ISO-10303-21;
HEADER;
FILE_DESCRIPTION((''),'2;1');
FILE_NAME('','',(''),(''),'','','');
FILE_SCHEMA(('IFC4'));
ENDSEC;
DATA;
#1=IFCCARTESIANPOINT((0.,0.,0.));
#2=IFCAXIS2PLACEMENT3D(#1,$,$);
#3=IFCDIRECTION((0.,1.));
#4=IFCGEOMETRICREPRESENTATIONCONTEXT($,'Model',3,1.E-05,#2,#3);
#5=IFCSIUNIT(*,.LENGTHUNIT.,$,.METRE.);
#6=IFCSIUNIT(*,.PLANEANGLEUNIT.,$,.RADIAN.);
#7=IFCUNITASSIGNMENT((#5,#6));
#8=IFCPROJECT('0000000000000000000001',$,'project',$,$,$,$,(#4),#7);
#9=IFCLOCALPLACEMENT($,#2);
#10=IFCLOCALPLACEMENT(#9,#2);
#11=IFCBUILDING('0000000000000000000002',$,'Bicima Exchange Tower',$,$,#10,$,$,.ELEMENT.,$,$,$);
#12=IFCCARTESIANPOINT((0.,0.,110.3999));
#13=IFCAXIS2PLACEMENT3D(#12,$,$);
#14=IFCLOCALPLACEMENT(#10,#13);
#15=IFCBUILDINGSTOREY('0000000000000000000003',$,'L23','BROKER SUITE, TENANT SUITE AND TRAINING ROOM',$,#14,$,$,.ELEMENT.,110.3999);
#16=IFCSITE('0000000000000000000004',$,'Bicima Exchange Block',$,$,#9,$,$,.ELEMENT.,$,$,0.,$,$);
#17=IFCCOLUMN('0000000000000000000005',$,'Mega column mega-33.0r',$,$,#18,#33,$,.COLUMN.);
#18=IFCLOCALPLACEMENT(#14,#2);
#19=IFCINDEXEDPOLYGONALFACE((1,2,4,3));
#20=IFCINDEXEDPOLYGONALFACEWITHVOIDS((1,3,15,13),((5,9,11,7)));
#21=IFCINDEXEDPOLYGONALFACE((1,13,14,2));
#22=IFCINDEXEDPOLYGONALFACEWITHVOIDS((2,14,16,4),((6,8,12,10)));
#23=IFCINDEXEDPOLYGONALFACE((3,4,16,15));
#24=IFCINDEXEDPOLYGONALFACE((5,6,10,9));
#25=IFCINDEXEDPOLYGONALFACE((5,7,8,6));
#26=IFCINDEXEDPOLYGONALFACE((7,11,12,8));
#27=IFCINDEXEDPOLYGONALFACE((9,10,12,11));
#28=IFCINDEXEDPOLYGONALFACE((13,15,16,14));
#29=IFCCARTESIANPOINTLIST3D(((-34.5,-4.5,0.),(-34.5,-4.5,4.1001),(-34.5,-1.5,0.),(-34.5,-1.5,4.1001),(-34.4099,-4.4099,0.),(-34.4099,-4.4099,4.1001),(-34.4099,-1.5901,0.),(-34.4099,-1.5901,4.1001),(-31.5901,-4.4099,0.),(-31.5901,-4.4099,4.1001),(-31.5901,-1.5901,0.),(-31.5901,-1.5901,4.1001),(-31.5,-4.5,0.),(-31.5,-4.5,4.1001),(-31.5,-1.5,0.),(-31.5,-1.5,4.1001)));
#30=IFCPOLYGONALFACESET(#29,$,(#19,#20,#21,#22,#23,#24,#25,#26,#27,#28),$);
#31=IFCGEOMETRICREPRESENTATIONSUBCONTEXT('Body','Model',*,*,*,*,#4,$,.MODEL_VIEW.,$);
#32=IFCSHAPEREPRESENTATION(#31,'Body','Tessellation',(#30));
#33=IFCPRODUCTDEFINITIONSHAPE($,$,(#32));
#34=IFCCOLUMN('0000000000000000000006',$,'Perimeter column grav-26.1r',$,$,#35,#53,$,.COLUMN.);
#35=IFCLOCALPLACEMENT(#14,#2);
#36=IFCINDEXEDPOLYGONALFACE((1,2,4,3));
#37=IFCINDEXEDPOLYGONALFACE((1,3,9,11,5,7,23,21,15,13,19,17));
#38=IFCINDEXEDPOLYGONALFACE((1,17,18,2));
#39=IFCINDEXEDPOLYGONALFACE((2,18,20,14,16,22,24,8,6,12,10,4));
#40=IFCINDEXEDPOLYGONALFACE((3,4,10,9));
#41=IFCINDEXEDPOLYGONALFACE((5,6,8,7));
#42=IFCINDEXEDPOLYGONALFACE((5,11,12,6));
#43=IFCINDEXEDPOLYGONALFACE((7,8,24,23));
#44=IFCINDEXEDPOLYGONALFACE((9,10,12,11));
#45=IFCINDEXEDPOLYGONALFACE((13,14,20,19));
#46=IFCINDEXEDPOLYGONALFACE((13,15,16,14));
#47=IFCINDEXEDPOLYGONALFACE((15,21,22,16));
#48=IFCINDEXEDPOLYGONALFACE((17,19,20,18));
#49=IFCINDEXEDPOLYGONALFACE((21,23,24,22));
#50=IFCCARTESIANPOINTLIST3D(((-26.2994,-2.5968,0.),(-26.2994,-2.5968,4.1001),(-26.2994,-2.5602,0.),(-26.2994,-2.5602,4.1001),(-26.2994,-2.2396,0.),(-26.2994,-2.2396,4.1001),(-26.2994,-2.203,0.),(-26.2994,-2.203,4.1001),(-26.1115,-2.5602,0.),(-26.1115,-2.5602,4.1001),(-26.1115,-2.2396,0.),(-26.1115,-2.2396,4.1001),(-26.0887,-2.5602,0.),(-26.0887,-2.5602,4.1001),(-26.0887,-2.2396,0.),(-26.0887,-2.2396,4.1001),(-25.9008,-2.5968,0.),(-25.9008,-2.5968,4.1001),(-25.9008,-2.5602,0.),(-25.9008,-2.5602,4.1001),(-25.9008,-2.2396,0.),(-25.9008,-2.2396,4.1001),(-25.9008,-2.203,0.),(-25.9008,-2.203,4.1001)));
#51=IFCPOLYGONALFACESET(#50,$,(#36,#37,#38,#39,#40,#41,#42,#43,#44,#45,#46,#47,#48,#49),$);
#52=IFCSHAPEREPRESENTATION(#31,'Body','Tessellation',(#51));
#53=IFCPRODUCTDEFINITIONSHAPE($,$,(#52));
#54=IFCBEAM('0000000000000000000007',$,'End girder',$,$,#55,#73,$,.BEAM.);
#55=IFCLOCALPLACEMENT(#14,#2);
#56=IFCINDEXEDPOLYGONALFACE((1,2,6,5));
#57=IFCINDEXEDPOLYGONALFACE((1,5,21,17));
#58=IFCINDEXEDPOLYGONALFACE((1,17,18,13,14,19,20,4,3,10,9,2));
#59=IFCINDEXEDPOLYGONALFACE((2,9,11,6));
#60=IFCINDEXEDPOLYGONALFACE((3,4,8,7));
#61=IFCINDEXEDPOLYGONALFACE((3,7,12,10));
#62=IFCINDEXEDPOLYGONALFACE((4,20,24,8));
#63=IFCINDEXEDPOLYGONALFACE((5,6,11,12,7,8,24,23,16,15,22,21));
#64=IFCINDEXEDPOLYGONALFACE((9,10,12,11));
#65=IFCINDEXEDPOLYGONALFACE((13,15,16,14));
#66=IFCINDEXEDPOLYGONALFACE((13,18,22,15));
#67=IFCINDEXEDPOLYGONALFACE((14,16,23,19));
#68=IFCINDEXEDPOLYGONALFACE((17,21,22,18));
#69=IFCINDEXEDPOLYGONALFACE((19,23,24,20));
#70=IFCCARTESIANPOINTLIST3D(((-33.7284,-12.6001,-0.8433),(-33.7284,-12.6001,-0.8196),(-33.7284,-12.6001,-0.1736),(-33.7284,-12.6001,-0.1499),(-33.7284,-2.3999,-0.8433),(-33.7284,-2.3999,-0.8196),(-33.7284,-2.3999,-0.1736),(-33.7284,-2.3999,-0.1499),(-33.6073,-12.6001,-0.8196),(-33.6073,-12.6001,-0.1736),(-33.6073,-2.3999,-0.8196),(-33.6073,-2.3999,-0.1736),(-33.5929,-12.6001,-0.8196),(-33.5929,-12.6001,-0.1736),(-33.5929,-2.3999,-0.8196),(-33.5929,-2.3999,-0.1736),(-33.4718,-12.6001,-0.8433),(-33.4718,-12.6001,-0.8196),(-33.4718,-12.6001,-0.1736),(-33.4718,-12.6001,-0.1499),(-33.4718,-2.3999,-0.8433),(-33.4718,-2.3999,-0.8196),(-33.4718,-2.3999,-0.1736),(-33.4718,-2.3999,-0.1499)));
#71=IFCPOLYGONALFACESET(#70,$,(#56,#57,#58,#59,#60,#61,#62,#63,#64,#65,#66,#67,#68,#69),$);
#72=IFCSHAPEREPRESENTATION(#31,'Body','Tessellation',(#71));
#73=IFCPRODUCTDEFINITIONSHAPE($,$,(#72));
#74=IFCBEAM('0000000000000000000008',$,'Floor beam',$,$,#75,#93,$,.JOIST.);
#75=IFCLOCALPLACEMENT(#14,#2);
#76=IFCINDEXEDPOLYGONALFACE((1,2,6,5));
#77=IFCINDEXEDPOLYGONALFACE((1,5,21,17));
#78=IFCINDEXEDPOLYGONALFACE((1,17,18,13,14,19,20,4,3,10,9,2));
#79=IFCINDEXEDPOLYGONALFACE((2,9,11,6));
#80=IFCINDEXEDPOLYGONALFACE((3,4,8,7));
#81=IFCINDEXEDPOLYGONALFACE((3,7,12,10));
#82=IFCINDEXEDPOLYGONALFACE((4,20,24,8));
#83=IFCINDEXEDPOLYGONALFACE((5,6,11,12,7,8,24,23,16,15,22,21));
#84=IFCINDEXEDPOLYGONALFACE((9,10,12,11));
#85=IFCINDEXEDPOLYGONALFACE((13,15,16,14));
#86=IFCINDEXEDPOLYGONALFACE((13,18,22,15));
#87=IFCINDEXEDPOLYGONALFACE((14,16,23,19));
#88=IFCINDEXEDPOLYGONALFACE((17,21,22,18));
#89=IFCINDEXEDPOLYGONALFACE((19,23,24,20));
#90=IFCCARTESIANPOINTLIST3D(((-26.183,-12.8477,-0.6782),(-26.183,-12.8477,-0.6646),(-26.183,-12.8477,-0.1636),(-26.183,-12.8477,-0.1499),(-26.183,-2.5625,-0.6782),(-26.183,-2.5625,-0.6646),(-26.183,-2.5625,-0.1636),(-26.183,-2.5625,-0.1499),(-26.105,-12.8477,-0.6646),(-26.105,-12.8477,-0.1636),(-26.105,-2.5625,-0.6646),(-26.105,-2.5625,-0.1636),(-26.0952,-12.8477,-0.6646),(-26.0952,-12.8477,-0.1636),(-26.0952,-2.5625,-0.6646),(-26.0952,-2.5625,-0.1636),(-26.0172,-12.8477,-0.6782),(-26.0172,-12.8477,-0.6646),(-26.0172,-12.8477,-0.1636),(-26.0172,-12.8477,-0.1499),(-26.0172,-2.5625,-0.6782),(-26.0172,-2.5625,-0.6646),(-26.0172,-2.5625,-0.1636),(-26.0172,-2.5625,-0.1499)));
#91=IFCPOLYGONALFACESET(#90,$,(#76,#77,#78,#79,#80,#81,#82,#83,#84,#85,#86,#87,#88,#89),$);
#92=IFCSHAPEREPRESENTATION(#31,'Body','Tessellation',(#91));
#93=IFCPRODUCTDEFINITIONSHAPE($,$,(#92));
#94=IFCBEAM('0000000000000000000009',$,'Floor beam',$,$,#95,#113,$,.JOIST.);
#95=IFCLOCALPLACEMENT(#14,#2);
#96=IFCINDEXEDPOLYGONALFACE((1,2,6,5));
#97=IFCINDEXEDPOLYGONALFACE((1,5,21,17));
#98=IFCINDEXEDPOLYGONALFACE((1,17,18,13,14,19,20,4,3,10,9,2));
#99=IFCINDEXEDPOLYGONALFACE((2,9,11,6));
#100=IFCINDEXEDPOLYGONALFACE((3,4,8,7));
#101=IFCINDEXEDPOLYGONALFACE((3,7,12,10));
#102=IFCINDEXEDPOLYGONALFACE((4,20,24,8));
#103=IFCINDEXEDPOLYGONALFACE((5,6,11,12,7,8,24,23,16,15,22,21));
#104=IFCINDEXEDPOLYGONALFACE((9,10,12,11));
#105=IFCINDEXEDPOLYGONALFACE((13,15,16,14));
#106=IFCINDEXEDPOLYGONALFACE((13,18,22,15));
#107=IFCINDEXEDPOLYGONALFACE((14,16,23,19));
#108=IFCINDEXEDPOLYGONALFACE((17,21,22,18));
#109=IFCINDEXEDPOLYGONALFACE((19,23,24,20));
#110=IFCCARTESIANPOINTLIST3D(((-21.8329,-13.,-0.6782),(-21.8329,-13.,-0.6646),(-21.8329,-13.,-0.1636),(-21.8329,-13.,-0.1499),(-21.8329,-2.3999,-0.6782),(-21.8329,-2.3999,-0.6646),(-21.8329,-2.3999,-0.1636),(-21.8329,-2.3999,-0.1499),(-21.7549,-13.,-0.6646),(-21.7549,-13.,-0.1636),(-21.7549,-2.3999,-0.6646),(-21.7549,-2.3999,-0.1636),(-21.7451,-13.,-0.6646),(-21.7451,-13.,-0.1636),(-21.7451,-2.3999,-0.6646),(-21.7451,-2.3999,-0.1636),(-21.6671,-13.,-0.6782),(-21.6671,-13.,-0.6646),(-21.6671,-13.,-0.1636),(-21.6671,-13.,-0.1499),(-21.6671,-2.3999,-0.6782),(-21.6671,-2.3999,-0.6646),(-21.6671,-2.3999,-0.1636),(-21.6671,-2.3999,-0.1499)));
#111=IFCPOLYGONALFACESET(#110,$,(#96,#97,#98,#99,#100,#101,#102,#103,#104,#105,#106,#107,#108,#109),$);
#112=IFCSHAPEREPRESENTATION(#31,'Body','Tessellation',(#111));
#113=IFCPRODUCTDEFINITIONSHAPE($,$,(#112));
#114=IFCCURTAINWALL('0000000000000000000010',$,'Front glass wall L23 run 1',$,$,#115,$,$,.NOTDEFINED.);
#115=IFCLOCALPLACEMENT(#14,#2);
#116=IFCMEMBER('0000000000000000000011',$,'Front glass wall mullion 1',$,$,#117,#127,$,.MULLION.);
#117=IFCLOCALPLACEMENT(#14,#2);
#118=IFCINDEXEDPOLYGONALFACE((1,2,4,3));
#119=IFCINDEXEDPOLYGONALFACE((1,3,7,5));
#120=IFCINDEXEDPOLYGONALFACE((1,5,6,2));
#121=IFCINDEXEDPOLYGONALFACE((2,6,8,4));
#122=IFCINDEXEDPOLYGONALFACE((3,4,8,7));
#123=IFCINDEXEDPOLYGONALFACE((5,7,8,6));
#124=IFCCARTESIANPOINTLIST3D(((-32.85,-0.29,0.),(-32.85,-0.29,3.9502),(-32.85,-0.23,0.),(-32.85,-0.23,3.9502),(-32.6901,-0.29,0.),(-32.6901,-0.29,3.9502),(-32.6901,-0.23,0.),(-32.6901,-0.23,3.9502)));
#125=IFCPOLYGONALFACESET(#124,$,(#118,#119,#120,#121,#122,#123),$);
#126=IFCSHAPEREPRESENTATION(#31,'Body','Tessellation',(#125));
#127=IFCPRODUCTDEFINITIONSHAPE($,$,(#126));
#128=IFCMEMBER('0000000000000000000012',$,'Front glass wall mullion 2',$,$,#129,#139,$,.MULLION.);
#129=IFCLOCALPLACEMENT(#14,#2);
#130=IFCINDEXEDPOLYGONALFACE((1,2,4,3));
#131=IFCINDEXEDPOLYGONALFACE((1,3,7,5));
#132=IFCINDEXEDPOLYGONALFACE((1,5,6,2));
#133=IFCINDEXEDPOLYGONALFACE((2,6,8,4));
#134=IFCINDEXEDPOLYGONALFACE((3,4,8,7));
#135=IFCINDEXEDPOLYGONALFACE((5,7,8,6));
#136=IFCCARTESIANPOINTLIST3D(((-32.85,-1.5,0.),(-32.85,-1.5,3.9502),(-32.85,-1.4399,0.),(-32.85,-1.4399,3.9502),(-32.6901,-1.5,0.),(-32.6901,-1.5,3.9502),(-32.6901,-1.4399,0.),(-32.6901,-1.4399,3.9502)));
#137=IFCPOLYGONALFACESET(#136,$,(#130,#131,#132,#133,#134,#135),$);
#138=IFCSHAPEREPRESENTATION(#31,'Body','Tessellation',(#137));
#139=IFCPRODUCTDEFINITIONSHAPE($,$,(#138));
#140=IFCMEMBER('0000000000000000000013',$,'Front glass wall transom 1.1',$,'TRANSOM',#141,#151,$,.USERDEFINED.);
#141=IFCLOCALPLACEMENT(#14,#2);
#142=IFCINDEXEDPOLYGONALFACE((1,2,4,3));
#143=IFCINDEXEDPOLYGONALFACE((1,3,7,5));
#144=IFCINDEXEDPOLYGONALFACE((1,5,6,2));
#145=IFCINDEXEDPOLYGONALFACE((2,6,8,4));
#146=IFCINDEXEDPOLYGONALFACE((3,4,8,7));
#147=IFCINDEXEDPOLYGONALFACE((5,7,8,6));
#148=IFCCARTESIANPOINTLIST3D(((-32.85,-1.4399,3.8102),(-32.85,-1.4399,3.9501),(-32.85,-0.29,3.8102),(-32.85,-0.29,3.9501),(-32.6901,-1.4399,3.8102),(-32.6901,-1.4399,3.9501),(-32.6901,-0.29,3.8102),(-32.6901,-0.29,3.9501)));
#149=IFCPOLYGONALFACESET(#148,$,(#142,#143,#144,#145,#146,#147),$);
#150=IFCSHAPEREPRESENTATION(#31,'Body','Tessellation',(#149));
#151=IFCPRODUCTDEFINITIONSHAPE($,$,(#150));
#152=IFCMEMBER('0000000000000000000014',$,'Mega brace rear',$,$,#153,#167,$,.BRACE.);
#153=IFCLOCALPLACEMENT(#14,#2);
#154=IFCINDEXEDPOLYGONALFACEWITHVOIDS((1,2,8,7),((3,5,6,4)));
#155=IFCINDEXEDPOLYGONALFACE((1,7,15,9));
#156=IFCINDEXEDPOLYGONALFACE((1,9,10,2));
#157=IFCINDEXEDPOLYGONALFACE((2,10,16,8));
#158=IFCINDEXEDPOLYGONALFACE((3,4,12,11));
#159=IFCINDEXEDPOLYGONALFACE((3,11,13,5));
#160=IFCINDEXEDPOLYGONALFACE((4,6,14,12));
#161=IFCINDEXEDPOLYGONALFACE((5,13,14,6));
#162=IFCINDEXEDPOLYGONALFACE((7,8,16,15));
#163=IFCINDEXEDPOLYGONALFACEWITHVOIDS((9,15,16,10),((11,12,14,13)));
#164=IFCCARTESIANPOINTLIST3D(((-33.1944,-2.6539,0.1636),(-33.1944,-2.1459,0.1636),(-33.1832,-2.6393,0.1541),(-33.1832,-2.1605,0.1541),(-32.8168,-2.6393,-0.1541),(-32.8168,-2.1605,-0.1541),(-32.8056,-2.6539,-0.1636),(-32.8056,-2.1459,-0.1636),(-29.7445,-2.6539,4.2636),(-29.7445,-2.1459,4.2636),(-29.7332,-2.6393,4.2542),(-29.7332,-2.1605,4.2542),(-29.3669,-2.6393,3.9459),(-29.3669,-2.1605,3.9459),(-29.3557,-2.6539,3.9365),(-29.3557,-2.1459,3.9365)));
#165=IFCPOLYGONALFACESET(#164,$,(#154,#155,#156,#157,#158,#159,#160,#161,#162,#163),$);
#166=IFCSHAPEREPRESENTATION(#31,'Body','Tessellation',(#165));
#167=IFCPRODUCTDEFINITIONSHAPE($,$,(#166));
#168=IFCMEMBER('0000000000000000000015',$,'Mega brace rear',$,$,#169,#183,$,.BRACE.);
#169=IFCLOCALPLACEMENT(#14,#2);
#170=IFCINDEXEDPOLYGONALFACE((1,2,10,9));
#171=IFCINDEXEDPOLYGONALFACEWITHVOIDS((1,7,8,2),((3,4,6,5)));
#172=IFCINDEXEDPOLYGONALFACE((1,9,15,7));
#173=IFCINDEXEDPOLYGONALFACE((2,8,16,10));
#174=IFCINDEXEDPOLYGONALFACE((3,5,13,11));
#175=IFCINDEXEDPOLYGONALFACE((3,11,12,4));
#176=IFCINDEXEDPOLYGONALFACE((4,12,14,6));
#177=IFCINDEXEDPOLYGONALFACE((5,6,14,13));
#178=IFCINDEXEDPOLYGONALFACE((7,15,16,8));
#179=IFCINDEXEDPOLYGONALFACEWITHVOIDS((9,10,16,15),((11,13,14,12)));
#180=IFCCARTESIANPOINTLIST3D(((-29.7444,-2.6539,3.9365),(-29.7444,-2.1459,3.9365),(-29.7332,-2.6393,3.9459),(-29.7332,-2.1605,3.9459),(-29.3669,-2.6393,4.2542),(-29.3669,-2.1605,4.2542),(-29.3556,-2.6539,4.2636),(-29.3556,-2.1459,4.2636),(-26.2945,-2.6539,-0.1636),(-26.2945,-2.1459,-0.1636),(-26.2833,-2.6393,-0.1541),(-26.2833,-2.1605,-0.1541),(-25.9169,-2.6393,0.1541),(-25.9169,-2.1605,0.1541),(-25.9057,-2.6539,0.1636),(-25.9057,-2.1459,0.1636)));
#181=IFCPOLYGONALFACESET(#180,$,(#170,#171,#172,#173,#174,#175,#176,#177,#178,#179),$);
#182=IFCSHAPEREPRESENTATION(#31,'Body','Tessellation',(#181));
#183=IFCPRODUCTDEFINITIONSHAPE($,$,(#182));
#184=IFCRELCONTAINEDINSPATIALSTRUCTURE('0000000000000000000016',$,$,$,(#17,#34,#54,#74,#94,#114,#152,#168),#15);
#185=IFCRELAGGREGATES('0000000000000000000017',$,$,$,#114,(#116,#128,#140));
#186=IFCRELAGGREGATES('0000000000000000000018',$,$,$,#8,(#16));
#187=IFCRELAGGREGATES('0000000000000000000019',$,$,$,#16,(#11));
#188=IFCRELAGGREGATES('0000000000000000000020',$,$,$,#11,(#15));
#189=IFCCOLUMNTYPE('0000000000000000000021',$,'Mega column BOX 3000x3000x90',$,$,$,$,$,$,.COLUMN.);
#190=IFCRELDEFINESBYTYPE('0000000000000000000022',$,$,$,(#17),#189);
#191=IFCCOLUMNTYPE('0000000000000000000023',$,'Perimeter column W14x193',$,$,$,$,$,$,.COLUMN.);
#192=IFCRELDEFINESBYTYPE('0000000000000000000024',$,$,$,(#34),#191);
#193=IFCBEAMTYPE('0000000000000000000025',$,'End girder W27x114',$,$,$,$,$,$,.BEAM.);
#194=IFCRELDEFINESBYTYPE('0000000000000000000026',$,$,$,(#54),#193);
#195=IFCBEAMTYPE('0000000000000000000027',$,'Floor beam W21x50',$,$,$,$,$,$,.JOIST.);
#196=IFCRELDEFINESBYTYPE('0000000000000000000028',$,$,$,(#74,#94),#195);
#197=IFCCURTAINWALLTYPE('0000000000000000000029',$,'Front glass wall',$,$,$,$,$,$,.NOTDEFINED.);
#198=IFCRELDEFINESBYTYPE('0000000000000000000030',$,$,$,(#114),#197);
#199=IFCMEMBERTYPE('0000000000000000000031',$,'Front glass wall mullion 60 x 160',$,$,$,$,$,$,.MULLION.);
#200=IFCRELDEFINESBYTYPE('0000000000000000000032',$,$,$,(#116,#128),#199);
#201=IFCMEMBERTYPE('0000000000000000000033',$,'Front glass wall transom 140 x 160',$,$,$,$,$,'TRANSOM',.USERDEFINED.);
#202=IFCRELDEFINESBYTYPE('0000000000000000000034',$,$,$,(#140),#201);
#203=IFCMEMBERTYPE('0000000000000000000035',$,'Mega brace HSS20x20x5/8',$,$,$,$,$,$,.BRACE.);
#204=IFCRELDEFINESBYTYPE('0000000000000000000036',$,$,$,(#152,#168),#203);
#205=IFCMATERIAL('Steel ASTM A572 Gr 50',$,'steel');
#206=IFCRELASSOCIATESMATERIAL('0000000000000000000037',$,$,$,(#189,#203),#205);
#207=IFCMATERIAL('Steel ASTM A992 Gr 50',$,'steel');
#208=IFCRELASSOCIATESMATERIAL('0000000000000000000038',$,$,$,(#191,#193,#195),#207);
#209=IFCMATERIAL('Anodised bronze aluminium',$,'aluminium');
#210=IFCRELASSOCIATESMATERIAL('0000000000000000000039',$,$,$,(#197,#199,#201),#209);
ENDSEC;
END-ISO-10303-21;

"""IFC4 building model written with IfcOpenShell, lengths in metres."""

from ifc_helpers import new_model, si_unit, direction, frame, origin, origin_2d, place, context, subcontext, project, spatial, rectangle, hollow_rectangle, i_section, extrude, material, material_profile, profile_set, type_object, element, aggregate, save


model = new_model("IFC4")

# Units and contexts
model_context = context("Model", 3, precision=1e-05, world=origin(), true_north=direction((0.0, 1.0)))
body_context = subcontext(model_context, "Body", "Model", "MODEL_VIEW")
ifc_project = project(units=[si_unit("LENGTHUNIT", "METRE"), si_unit("PLANEANGLEUNIT", "RADIAN")], contexts=[model_context])

# Site, building, storey
site_placement = place(None, origin())
site = spatial("IfcSite", under=ifc_project, at=site_placement, Name="Bicima Exchange Block", CompositionType="ELEMENT", RefElevation=0.0)
building_placement = place(site_placement, origin())
building = spatial("IfcBuilding", under=site, at=building_placement, Name="Bicima Exchange Tower", CompositionType="ELEMENT")
storey_placement = place(building_placement, frame((0.0, 0.0, 110.3999)))
storey = spatial("IfcBuildingStorey", under=building, at=storey_placement, Name="L23", Description="BROKER SUITE, TENANT SUITE AND TRAINING ROOM", CompositionType="ELEMENT", Elevation=110.3999)

# Columns
ifc_material_1 = material(Name="Steel ASTM A572 Gr 50", Category="steel")
ifc_material_profile_1 = material_profile(ifc_material_1, hollow_rectangle(XDim=3.0, YDim=3.0, WallThickness=0.0901, at=origin_2d()))
ifc_profile_set_1 = profile_set([ifc_material_profile_1], Name="Steel ASTM A572 Gr 50")
column_type_1 = type_object("IfcColumnType", Name="Mega column BOX 3000x3000x90", PredefinedType="COLUMN", material=ifc_profile_set_1)
column_1_placement = place(storey_placement, frame((-33.0, -3.0, 0.0), z_axis=(0.0, 0.0, 1.0), x_axis=(1.0, 0.0, 0.0)))
element("IfcColumn", 1, at=column_1_placement, inside=storey, type_object=column_type_1, Name="Mega column mega-33.0r", PredefinedType="COLUMN", context=body_context, shape_type="SweptSolid", body=[
    extrude(hollow_rectangle(XDim=3.0, YDim=3.0, WallThickness=0.0901, at=origin_2d()), origin(), (0.0, 0.0, 1.0), 4.1001),
])
ifc_material_2 = material(Name="Steel ASTM A992 Gr 50", Category="steel")
ifc_material_profile_2 = material_profile(ifc_material_2, i_section(OverallWidth=0.3987, OverallDepth=0.3938, WebThickness=0.0227, FlangeThickness=0.0366, at=origin_2d()))
ifc_profile_set_2 = profile_set([ifc_material_profile_2], Name="Steel ASTM A992 Gr 50")
column_type_2 = type_object("IfcColumnType", Name="Perimeter column W14x193", PredefinedType="COLUMN", material=ifc_profile_set_2)
column_2_placement = place(storey_placement, frame((-26.1001, -2.3999, 0.0), z_axis=(0.0, 0.0, 1.0), x_axis=(1.0, 0.0, 0.0)))
element("IfcColumn", 2, at=column_2_placement, inside=storey, type_object=column_type_2, Name="Perimeter column grav-26.1r", PredefinedType="COLUMN", context=body_context, shape_type="SweptSolid", body=[
    extrude(i_section(OverallWidth=0.3987, OverallDepth=0.3938, WebThickness=0.0227, FlangeThickness=0.0366, at=origin_2d()), origin(), (0.0, 0.0, 1.0), 4.1001),
])

# Beams
ifc_material_profile_3 = material_profile(ifc_material_2, i_section(OverallWidth=0.2566, OverallDepth=0.6934, WebThickness=0.0144, FlangeThickness=0.0237, at=origin_2d()))
ifc_profile_set_3 = profile_set([ifc_material_profile_3], Name="Steel ASTM A992 Gr 50")
beam_type_1 = type_object("IfcBeamType", Name="End girder W27x114", PredefinedType="BEAM", material=ifc_profile_set_3)
beam_1_placement = place(storey_placement, frame((-33.6001, -2.3999, -0.4966), z_axis=(0.0, -1.0, 0.0), x_axis=(1.0, 0.0, 0.0)))
element("IfcBeam", 3, at=beam_1_placement, inside=storey, type_object=beam_type_1, Name="End girder", PredefinedType="BEAM", context=body_context, shape_type="SweptSolid", body=[
    extrude(i_section(OverallWidth=0.2566, OverallDepth=0.6934, WebThickness=0.0144, FlangeThickness=0.0237, at=origin_2d()), origin(), (0.0, 0.0, 1.0), 10.2002),
])
ifc_material_profile_4 = material_profile(ifc_material_2, i_section(OverallWidth=0.1658, OverallDepth=0.5283, WebThickness=0.0098, FlangeThickness=0.0137, at=origin_2d()))
ifc_profile_set_4 = profile_set([ifc_material_profile_4], Name="Steel ASTM A992 Gr 50")
beam_type_2 = type_object("IfcBeamType", Name="Floor beam W21x50", PredefinedType="JOIST", material=ifc_profile_set_4)
beam_2_placement = place(storey_placement, frame((-26.1001, -2.5625, -0.4141), z_axis=(0.0, -1.0, 0.0), x_axis=(1.0, 0.0, 0.0)))
element("IfcBeam", 4, at=beam_2_placement, inside=storey, type_object=beam_type_2, Name="Floor beam", PredefinedType="JOIST", context=body_context, shape_type="SweptSolid", body=[
    extrude(i_section(OverallWidth=0.1658, OverallDepth=0.5283, WebThickness=0.0098, FlangeThickness=0.0137, at=origin_2d()), origin(), (0.0, 0.0, 1.0), 10.2852),
])
beam_3_placement = place(storey_placement, frame((-21.75, -2.3999, -0.4141), z_axis=(0.0, -1.0, 0.0), x_axis=(1.0, 0.0, 0.0)))
element("IfcBeam", 5, at=beam_3_placement, inside=storey, type_object=beam_type_2, Name="Floor beam", PredefinedType="JOIST", context=body_context, shape_type="SweptSolid", body=[
    extrude(i_section(OverallWidth=0.1658, OverallDepth=0.5283, WebThickness=0.0098, FlangeThickness=0.0137, at=origin_2d()), origin(), (0.0, 0.0, 1.0), 10.6001),
])

# Curtain wall, members
ifc_material_3 = material(Name="Anodised bronze aluminium", Category="aluminium")
curtain_wall_type = type_object("IfcCurtainWallType", Name="Front glass wall", PredefinedType="NOTDEFINED", material=ifc_material_3)
curtain_wall_placement = place(storey_placement, origin())
curtain_wall = element("IfcCurtainWall", 6, at=curtain_wall_placement, inside=storey, type_object=curtain_wall_type, Name="Front glass wall L23 run 1", PredefinedType="NOTDEFINED")
ifc_material_profile_5 = material_profile(ifc_material_3, rectangle(XDim=0.1599, YDim=0.0601, at=origin_2d()))
ifc_profile_set_5 = profile_set([ifc_material_profile_5], Name="Anodised bronze aluminium")
member_type_1 = type_object("IfcMemberType", Name="Front glass wall mullion 60 x 160", PredefinedType="MULLION", material=ifc_profile_set_5)
member_1_placement = place(storey_placement, frame((-32.77, -0.26, 0.0), z_axis=(0.0, 0.0, 1.0), x_axis=(1.0, 0.0, 0.0)))
member_1 = element("IfcMember", 7, at=member_1_placement, type_object=member_type_1, Name="Front glass wall mullion 1", PredefinedType="MULLION", context=body_context, shape_type="SweptSolid", body=[
    extrude(rectangle(XDim=0.1599, YDim=0.0601, at=origin_2d()), origin(), (0.0, 0.0, 1.0), 3.9502),
])
member_2_placement = place(storey_placement, frame((-32.77, -1.47, 0.0), z_axis=(0.0, 0.0, 1.0), x_axis=(1.0, 0.0, 0.0)))
member_2 = element("IfcMember", 8, at=member_2_placement, type_object=member_type_1, Name="Front glass wall mullion 2", PredefinedType="MULLION", context=body_context, shape_type="SweptSolid", body=[
    extrude(rectangle(XDim=0.1599, YDim=0.0601, at=origin_2d()), origin(), (0.0, 0.0, 1.0), 3.9502),
])
ifc_material_profile_6 = material_profile(ifc_material_3, rectangle(XDim=0.1599, YDim=0.1399, at=origin_2d()))
ifc_profile_set_6 = profile_set([ifc_material_profile_6], Name="Anodised bronze aluminium")
member_type_2 = type_object("IfcMemberType", Name="Front glass wall transom 140 x 160", ElementType="TRANSOM", PredefinedType="USERDEFINED", material=ifc_profile_set_6)
member_3_placement = place(storey_placement, frame((-32.77, -0.29, 3.8801), z_axis=(0.0, -1.0, 0.0), x_axis=(1.0, 0.0, 0.0)))
member_3 = element("IfcMember", 9, at=member_3_placement, type_object=member_type_2, Name="Front glass wall transom 1.1", ObjectType="TRANSOM", PredefinedType="USERDEFINED", context=body_context, shape_type="SweptSolid", body=[
    extrude(rectangle(XDim=0.1599, YDim=0.1399, at=origin_2d()), origin(), (0.0, 0.0, 1.0), 1.1499),
])

# Members
ifc_material_profile_7 = material_profile(ifc_material_1, hollow_rectangle(XDim=0.5081, YDim=0.5081, WallThickness=0.0146, at=origin_2d()))
ifc_profile_set_7 = profile_set([ifc_material_profile_7], Name="Steel ASTM A572 Gr 50")
member_type_3 = type_object("IfcMemberType", Name="Mega brace HSS20x20x5/8", PredefinedType="BRACE", material=ifc_profile_set_7)
for number, where, z_axis, x_axis, name in (
    (10, (-33.0, -2.3999, 0.0), (0.643834, 0.0, 0.765165), (0.0, 1.0, 0.0), "Mega brace rear"),
    (11, (-26.1001, -2.3999, 0.0), (-0.643834, 0.0, 0.765165), (0.0, -1.0, 0.0), "Mega brace rear"),
):
    element("IfcMember", number, at=place(storey_placement, frame(where, z_axis=z_axis, x_axis=x_axis)), inside=storey, type_object=member_type_3, Name=name, PredefinedType="BRACE", context=body_context, shape_type="SweptSolid", body=[
        extrude(hollow_rectangle(XDim=0.5081, YDim=0.5081, WallThickness=0.0146, at=origin_2d()), origin(), (0.0, 0.0, 1.0), 5.3584),
    ])

aggregate(curtain_wall, [member_1, member_2, member_3])

save(model, "model.ifc")
